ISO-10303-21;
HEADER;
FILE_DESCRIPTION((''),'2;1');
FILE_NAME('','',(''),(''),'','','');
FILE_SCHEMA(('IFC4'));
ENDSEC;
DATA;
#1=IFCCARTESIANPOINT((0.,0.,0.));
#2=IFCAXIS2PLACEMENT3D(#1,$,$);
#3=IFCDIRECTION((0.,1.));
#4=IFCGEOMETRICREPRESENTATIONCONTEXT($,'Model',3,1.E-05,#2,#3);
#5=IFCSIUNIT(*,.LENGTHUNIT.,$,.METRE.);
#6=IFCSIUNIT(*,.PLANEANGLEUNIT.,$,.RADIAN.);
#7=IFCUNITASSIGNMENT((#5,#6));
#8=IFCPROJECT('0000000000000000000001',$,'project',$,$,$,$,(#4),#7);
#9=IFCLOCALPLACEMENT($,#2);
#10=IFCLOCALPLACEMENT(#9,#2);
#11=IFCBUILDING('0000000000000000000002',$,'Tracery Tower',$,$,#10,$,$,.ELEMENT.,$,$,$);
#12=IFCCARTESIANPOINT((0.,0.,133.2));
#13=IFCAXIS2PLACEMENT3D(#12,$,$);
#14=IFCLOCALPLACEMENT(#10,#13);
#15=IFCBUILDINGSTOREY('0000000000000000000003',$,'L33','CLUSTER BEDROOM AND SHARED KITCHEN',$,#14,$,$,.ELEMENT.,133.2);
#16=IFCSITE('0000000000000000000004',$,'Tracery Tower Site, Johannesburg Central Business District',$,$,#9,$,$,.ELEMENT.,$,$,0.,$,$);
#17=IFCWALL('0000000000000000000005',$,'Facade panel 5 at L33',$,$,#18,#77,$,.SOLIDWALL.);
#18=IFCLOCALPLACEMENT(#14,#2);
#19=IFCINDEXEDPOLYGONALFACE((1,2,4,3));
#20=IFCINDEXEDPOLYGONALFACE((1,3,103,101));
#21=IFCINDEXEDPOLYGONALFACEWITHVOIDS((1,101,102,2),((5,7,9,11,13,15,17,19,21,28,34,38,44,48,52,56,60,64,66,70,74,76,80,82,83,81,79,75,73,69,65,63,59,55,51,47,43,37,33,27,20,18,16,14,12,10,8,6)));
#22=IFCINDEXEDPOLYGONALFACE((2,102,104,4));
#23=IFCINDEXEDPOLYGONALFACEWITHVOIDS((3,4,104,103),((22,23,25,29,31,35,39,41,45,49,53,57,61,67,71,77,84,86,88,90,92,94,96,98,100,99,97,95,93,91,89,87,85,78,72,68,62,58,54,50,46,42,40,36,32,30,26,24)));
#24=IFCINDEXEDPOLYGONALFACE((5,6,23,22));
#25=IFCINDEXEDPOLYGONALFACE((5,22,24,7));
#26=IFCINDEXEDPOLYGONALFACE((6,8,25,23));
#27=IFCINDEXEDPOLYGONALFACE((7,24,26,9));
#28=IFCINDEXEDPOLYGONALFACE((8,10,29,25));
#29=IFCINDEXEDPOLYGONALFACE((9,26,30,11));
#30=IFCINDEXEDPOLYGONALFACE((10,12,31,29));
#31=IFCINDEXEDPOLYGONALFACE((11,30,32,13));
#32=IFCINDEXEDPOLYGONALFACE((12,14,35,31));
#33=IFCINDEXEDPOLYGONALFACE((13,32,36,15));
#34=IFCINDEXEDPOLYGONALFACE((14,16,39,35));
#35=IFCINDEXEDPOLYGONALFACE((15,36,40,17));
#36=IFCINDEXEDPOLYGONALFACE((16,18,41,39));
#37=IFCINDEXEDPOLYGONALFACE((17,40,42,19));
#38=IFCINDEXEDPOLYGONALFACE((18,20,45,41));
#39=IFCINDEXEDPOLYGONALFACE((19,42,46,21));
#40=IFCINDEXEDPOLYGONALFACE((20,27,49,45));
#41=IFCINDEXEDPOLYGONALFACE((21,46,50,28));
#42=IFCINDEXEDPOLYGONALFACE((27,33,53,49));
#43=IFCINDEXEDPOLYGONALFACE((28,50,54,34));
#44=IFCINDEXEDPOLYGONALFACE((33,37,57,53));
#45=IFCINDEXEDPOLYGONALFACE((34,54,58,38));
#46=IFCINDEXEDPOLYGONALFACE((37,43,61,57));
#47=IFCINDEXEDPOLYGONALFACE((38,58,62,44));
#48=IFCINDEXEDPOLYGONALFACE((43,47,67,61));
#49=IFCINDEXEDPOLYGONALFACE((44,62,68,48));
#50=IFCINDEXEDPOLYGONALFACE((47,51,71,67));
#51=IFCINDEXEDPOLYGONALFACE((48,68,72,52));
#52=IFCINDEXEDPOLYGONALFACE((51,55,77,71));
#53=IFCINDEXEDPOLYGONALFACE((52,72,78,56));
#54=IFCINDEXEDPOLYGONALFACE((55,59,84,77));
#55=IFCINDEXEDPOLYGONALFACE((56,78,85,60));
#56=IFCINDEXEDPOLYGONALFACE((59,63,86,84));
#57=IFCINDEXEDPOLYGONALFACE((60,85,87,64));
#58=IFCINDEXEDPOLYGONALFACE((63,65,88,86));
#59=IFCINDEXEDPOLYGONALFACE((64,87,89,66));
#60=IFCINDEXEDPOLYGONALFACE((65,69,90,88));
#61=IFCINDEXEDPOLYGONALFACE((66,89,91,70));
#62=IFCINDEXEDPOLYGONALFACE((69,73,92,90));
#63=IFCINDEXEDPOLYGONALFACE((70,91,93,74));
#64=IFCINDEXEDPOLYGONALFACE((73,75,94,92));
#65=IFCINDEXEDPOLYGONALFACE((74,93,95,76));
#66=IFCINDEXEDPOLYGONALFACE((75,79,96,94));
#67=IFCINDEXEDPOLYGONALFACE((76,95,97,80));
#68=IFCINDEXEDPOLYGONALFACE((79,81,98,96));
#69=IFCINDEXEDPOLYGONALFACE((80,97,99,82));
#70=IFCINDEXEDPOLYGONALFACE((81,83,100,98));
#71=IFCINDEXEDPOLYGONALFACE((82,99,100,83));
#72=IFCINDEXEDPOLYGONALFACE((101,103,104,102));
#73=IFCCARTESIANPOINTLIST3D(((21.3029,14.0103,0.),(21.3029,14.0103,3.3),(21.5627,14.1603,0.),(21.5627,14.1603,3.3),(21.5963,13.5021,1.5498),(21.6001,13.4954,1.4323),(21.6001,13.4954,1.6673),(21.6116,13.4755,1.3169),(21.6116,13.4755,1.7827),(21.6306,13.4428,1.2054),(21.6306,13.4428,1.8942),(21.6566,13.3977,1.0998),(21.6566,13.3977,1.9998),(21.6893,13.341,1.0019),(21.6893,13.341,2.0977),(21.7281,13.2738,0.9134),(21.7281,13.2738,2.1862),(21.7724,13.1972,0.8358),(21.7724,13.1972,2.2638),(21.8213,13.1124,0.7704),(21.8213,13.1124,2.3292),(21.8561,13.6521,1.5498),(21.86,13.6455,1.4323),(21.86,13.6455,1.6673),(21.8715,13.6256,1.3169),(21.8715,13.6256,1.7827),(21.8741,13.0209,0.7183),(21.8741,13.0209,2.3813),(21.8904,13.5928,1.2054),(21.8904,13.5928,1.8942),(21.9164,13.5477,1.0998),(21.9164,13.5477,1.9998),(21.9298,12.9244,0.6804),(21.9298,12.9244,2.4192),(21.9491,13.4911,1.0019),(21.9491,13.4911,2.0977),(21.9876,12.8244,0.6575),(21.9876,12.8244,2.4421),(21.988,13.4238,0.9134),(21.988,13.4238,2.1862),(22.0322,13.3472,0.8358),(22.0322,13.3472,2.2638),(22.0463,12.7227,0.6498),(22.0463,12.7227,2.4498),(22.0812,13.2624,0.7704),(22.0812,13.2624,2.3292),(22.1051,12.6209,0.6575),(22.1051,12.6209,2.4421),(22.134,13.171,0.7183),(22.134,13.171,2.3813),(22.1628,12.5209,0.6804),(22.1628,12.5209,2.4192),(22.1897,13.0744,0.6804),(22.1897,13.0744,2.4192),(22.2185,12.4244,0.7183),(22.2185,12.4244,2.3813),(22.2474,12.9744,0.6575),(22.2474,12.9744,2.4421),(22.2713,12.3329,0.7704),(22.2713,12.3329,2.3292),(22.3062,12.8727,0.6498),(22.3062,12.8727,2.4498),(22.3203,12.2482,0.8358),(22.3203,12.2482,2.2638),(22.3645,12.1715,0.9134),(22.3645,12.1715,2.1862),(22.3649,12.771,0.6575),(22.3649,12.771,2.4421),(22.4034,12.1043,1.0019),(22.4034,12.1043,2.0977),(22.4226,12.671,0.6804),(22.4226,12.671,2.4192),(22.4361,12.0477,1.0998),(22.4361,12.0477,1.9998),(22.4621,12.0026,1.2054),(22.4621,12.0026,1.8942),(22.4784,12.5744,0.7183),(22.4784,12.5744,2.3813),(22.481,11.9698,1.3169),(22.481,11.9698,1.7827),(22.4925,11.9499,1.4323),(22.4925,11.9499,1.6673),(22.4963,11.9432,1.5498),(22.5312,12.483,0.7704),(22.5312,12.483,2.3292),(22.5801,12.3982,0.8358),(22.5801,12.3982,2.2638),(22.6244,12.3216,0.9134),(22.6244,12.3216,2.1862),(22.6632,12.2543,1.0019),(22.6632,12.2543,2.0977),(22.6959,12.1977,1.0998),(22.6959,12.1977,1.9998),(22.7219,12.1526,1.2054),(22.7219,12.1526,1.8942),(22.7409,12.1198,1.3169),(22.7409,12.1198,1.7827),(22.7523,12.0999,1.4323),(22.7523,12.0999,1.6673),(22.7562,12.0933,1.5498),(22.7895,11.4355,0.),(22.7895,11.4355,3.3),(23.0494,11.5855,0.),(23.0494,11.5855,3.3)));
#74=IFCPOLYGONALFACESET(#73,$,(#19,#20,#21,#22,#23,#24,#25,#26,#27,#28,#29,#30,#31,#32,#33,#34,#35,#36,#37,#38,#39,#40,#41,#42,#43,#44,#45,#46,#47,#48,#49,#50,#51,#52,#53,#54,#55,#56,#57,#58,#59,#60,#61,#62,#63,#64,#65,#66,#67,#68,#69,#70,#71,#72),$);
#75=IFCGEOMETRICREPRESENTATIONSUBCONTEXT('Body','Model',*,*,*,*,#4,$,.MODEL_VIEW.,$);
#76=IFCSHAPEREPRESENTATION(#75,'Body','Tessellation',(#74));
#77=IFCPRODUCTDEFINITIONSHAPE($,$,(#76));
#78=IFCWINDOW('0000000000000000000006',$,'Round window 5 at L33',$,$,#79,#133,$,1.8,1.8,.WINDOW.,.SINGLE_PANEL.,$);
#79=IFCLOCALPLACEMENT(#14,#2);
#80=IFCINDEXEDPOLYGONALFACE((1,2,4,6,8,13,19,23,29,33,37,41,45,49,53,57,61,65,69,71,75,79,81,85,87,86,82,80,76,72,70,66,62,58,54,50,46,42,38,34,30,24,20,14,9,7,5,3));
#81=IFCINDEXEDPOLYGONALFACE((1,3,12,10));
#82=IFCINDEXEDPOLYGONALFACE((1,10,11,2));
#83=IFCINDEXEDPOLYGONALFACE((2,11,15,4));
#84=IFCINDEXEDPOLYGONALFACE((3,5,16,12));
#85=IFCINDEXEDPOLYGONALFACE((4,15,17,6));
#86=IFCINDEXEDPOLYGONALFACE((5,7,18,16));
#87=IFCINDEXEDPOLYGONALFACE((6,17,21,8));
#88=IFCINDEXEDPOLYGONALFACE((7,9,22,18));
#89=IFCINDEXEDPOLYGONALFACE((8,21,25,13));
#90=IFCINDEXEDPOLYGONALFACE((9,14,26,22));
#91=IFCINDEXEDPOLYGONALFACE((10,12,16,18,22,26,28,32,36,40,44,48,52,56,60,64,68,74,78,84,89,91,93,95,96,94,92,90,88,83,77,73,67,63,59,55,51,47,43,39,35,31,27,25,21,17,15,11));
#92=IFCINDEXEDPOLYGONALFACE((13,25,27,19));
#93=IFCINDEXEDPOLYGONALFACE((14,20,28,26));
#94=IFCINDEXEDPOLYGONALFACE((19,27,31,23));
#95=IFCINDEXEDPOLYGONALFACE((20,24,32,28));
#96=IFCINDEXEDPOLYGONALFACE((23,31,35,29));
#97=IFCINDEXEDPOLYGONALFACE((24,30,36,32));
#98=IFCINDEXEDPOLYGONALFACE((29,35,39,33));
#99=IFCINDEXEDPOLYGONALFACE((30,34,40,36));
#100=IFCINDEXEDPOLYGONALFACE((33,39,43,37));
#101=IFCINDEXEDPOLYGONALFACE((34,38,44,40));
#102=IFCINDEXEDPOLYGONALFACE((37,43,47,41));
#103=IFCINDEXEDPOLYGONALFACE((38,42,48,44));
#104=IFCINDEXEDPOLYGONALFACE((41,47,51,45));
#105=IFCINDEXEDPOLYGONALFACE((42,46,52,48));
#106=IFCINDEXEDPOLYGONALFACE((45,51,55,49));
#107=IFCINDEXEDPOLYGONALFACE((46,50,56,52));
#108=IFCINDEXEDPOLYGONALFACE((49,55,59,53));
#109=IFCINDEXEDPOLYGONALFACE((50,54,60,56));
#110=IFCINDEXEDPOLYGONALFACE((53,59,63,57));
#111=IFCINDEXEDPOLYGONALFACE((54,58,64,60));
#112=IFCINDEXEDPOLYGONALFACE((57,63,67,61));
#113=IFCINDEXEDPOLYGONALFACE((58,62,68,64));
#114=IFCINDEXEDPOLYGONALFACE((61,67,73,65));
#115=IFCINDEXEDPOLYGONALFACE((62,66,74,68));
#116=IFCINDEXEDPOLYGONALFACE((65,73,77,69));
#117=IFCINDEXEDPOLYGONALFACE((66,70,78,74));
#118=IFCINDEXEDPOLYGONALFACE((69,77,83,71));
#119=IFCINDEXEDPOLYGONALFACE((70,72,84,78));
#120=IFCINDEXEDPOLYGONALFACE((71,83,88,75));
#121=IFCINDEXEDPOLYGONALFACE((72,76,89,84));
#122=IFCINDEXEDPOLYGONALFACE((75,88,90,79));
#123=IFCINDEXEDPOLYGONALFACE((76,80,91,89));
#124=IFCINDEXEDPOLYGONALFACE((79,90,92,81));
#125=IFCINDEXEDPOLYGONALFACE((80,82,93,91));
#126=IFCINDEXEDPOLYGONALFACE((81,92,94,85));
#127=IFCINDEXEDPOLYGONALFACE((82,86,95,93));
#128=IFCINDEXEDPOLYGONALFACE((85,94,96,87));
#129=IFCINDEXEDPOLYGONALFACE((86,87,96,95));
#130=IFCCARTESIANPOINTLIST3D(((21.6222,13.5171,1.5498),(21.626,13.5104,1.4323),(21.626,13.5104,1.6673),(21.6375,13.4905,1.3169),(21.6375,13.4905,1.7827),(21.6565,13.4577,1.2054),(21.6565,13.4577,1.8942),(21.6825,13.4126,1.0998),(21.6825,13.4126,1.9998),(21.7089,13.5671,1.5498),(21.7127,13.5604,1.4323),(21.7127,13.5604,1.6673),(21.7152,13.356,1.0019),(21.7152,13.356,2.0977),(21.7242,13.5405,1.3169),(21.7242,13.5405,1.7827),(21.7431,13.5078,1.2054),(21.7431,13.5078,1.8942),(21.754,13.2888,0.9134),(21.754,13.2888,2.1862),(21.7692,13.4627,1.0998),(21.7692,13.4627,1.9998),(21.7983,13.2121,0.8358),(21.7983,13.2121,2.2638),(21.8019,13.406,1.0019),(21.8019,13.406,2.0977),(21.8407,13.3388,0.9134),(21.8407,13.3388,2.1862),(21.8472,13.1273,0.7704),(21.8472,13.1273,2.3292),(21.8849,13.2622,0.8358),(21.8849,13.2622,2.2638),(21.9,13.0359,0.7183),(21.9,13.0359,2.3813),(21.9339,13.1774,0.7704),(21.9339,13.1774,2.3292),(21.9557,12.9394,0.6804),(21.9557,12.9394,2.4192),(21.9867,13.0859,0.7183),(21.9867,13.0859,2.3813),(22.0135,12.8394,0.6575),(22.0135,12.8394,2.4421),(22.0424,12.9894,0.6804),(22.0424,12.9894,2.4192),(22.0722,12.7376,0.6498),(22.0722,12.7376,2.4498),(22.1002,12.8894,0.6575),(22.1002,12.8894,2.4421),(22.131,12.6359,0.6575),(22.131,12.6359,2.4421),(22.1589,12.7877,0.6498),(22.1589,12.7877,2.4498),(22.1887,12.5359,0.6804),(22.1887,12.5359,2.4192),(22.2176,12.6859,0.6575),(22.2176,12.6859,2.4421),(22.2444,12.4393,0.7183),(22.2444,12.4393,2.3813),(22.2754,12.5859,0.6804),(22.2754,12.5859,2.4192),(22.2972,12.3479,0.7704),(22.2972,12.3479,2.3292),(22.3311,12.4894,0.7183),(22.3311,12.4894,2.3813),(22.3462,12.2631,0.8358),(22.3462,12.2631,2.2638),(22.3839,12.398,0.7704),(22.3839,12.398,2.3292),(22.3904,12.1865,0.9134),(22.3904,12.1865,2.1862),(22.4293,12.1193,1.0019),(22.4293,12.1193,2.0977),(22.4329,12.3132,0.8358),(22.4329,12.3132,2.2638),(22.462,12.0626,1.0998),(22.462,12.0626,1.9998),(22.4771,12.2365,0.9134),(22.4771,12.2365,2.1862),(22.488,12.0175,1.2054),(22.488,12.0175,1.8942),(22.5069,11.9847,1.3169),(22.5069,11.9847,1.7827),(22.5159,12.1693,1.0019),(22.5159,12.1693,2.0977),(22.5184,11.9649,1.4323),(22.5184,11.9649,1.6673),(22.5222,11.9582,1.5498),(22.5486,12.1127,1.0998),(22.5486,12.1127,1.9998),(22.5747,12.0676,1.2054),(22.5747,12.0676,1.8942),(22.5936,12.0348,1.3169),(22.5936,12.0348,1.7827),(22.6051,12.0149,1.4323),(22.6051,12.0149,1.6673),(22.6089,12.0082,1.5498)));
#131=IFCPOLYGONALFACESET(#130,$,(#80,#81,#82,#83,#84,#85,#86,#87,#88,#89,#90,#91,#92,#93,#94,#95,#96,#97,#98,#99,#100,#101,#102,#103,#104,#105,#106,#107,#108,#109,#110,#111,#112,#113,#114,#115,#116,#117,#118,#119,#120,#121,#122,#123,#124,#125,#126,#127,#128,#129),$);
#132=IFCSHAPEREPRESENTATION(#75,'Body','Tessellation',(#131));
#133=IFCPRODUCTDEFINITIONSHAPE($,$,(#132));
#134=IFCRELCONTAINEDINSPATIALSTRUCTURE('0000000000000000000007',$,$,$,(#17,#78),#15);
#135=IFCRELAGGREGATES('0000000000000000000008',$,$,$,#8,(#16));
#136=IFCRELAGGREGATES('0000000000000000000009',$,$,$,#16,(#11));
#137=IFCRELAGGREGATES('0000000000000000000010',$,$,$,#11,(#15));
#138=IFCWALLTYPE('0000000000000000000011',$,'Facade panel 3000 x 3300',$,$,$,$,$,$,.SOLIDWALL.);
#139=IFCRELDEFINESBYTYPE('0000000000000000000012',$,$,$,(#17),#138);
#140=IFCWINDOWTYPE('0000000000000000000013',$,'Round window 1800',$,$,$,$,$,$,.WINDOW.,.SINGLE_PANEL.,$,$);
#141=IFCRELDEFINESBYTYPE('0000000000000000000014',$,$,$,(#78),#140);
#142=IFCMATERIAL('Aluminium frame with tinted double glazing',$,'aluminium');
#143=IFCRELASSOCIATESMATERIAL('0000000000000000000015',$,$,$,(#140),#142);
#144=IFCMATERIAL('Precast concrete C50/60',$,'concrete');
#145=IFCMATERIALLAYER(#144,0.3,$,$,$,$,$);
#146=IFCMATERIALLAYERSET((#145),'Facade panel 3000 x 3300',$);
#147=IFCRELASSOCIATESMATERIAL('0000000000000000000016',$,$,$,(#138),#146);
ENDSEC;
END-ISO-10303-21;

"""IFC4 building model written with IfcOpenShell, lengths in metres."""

from ifc_helpers import new_model, si_unit, direction, frame, frame_2d, origin, origin_2d, place, context, subcontext, project, spatial, rectangle, circle, extrude, material, layer, layer_set, type_object, element, fill, save


model = new_model("IFC4")

# Units and contexts
model_context = context("Model", 3, precision=1e-05, world=origin(), true_north=direction((0.0, 1.0)))
body_context = subcontext(model_context, "Body", "Model", "MODEL_VIEW")
ifc_project = project(units=[si_unit("LENGTHUNIT", "METRE"), si_unit("PLANEANGLEUNIT", "RADIAN")], contexts=[model_context])

# Site, building, storey
site_placement = place(None, origin())
site = spatial("IfcSite", under=ifc_project, at=site_placement, Name="Tracery Tower Site, Johannesburg Central Business District", CompositionType="ELEMENT", RefElevation=0.0)
building_placement = place(site_placement, origin())
building = spatial("IfcBuilding", under=site, at=building_placement, Name="Tracery Tower", CompositionType="ELEMENT")
storey_placement = place(building_placement, frame((0.0, 0.0, 133.2)))
storey = spatial("IfcBuildingStorey", under=building, at=storey_placement, Name="L33", Description="CLUSTER BEDROOM AND SHARED KITCHEN", CompositionType="ELEMENT", Elevation=133.2)

# Wall, opening, window
ifc_material_1 = material(Name="Aluminium frame with tinted double glazing", Category="aluminium")
window_type = type_object("IfcWindowType", Name="Round window 1800", PartitioningType="SINGLE_PANEL", PredefinedType="WINDOW", material=ifc_material_1)
ifc_material_2 = material(Name="Precast concrete C50/60", Category="concrete")
ifc_layer_1 = layer(ifc_material_2, 0.3)
ifc_layer_set_1 = layer_set([ifc_layer_1], Name="Facade panel 3000 x 3300")
wall_type_1 = type_object("IfcWallType", Name="Facade panel 3000 x 3300", PredefinedType="SOLIDWALL", material=ifc_layer_set_1)
wall_1_placement = place(storey_placement, frame((22.9194, 11.5105, 0.0), z_axis=(0.0, 0.0, 1.0), x_axis=(-0.500016, 0.866016, 0.0)))
wall_1 = element("IfcWall", 1, at=wall_1_placement, inside=storey, type_object=wall_type_1, Name="Facade panel 5 at L33", PredefinedType="SOLIDWALL", context=body_context, shape_type="SweptSolid", body=[
    extrude(rectangle(XDim=2.9731, YDim=0.3, at=frame_2d((1.4866, 0.0))), origin(), (0.0, 0.0, 1.0), 3.3),
])
opening_1_placement = place(wall_1_placement, frame((1.4863, 0.0, 1.5498)))
opening_1 = element("IfcOpeningElement", 2, at=opening_1_placement, cuts=wall_1, PredefinedType="OPENING", context=body_context, shape_type="SweptSolid", body=[
    extrude(circle(Radius=0.9, at=origin_2d()), frame((0.0, 0.1599, 0.0), z_axis=(0.0, -1.0, 0.0), x_axis=(1.0, 0.0, 0.0)), (0.0, 0.0, 1.0), 0.3201),
])
window_1_placement = place(opening_1_placement, origin())
window_1 = element("IfcWindow", 3, at=window_1_placement, inside=storey, type_object=window_type, Name="Round window 5 at L33", OverallHeight=1.8, OverallWidth=1.8, PartitioningType="SINGLE_PANEL", PredefinedType="WINDOW", context=body_context, shape_type="SweptSolid", body=[
    extrude(circle(Radius=0.9, at=origin_2d()), frame((0.0, 0.1201, 0.0), z_axis=(0.0, -1.0, 0.0), x_axis=(1.0, 0.0, 0.0)), (0.0, 0.0, 1.0), 0.1001),
])
fill(opening_1, window_1)

save(model, "model.ifc")
